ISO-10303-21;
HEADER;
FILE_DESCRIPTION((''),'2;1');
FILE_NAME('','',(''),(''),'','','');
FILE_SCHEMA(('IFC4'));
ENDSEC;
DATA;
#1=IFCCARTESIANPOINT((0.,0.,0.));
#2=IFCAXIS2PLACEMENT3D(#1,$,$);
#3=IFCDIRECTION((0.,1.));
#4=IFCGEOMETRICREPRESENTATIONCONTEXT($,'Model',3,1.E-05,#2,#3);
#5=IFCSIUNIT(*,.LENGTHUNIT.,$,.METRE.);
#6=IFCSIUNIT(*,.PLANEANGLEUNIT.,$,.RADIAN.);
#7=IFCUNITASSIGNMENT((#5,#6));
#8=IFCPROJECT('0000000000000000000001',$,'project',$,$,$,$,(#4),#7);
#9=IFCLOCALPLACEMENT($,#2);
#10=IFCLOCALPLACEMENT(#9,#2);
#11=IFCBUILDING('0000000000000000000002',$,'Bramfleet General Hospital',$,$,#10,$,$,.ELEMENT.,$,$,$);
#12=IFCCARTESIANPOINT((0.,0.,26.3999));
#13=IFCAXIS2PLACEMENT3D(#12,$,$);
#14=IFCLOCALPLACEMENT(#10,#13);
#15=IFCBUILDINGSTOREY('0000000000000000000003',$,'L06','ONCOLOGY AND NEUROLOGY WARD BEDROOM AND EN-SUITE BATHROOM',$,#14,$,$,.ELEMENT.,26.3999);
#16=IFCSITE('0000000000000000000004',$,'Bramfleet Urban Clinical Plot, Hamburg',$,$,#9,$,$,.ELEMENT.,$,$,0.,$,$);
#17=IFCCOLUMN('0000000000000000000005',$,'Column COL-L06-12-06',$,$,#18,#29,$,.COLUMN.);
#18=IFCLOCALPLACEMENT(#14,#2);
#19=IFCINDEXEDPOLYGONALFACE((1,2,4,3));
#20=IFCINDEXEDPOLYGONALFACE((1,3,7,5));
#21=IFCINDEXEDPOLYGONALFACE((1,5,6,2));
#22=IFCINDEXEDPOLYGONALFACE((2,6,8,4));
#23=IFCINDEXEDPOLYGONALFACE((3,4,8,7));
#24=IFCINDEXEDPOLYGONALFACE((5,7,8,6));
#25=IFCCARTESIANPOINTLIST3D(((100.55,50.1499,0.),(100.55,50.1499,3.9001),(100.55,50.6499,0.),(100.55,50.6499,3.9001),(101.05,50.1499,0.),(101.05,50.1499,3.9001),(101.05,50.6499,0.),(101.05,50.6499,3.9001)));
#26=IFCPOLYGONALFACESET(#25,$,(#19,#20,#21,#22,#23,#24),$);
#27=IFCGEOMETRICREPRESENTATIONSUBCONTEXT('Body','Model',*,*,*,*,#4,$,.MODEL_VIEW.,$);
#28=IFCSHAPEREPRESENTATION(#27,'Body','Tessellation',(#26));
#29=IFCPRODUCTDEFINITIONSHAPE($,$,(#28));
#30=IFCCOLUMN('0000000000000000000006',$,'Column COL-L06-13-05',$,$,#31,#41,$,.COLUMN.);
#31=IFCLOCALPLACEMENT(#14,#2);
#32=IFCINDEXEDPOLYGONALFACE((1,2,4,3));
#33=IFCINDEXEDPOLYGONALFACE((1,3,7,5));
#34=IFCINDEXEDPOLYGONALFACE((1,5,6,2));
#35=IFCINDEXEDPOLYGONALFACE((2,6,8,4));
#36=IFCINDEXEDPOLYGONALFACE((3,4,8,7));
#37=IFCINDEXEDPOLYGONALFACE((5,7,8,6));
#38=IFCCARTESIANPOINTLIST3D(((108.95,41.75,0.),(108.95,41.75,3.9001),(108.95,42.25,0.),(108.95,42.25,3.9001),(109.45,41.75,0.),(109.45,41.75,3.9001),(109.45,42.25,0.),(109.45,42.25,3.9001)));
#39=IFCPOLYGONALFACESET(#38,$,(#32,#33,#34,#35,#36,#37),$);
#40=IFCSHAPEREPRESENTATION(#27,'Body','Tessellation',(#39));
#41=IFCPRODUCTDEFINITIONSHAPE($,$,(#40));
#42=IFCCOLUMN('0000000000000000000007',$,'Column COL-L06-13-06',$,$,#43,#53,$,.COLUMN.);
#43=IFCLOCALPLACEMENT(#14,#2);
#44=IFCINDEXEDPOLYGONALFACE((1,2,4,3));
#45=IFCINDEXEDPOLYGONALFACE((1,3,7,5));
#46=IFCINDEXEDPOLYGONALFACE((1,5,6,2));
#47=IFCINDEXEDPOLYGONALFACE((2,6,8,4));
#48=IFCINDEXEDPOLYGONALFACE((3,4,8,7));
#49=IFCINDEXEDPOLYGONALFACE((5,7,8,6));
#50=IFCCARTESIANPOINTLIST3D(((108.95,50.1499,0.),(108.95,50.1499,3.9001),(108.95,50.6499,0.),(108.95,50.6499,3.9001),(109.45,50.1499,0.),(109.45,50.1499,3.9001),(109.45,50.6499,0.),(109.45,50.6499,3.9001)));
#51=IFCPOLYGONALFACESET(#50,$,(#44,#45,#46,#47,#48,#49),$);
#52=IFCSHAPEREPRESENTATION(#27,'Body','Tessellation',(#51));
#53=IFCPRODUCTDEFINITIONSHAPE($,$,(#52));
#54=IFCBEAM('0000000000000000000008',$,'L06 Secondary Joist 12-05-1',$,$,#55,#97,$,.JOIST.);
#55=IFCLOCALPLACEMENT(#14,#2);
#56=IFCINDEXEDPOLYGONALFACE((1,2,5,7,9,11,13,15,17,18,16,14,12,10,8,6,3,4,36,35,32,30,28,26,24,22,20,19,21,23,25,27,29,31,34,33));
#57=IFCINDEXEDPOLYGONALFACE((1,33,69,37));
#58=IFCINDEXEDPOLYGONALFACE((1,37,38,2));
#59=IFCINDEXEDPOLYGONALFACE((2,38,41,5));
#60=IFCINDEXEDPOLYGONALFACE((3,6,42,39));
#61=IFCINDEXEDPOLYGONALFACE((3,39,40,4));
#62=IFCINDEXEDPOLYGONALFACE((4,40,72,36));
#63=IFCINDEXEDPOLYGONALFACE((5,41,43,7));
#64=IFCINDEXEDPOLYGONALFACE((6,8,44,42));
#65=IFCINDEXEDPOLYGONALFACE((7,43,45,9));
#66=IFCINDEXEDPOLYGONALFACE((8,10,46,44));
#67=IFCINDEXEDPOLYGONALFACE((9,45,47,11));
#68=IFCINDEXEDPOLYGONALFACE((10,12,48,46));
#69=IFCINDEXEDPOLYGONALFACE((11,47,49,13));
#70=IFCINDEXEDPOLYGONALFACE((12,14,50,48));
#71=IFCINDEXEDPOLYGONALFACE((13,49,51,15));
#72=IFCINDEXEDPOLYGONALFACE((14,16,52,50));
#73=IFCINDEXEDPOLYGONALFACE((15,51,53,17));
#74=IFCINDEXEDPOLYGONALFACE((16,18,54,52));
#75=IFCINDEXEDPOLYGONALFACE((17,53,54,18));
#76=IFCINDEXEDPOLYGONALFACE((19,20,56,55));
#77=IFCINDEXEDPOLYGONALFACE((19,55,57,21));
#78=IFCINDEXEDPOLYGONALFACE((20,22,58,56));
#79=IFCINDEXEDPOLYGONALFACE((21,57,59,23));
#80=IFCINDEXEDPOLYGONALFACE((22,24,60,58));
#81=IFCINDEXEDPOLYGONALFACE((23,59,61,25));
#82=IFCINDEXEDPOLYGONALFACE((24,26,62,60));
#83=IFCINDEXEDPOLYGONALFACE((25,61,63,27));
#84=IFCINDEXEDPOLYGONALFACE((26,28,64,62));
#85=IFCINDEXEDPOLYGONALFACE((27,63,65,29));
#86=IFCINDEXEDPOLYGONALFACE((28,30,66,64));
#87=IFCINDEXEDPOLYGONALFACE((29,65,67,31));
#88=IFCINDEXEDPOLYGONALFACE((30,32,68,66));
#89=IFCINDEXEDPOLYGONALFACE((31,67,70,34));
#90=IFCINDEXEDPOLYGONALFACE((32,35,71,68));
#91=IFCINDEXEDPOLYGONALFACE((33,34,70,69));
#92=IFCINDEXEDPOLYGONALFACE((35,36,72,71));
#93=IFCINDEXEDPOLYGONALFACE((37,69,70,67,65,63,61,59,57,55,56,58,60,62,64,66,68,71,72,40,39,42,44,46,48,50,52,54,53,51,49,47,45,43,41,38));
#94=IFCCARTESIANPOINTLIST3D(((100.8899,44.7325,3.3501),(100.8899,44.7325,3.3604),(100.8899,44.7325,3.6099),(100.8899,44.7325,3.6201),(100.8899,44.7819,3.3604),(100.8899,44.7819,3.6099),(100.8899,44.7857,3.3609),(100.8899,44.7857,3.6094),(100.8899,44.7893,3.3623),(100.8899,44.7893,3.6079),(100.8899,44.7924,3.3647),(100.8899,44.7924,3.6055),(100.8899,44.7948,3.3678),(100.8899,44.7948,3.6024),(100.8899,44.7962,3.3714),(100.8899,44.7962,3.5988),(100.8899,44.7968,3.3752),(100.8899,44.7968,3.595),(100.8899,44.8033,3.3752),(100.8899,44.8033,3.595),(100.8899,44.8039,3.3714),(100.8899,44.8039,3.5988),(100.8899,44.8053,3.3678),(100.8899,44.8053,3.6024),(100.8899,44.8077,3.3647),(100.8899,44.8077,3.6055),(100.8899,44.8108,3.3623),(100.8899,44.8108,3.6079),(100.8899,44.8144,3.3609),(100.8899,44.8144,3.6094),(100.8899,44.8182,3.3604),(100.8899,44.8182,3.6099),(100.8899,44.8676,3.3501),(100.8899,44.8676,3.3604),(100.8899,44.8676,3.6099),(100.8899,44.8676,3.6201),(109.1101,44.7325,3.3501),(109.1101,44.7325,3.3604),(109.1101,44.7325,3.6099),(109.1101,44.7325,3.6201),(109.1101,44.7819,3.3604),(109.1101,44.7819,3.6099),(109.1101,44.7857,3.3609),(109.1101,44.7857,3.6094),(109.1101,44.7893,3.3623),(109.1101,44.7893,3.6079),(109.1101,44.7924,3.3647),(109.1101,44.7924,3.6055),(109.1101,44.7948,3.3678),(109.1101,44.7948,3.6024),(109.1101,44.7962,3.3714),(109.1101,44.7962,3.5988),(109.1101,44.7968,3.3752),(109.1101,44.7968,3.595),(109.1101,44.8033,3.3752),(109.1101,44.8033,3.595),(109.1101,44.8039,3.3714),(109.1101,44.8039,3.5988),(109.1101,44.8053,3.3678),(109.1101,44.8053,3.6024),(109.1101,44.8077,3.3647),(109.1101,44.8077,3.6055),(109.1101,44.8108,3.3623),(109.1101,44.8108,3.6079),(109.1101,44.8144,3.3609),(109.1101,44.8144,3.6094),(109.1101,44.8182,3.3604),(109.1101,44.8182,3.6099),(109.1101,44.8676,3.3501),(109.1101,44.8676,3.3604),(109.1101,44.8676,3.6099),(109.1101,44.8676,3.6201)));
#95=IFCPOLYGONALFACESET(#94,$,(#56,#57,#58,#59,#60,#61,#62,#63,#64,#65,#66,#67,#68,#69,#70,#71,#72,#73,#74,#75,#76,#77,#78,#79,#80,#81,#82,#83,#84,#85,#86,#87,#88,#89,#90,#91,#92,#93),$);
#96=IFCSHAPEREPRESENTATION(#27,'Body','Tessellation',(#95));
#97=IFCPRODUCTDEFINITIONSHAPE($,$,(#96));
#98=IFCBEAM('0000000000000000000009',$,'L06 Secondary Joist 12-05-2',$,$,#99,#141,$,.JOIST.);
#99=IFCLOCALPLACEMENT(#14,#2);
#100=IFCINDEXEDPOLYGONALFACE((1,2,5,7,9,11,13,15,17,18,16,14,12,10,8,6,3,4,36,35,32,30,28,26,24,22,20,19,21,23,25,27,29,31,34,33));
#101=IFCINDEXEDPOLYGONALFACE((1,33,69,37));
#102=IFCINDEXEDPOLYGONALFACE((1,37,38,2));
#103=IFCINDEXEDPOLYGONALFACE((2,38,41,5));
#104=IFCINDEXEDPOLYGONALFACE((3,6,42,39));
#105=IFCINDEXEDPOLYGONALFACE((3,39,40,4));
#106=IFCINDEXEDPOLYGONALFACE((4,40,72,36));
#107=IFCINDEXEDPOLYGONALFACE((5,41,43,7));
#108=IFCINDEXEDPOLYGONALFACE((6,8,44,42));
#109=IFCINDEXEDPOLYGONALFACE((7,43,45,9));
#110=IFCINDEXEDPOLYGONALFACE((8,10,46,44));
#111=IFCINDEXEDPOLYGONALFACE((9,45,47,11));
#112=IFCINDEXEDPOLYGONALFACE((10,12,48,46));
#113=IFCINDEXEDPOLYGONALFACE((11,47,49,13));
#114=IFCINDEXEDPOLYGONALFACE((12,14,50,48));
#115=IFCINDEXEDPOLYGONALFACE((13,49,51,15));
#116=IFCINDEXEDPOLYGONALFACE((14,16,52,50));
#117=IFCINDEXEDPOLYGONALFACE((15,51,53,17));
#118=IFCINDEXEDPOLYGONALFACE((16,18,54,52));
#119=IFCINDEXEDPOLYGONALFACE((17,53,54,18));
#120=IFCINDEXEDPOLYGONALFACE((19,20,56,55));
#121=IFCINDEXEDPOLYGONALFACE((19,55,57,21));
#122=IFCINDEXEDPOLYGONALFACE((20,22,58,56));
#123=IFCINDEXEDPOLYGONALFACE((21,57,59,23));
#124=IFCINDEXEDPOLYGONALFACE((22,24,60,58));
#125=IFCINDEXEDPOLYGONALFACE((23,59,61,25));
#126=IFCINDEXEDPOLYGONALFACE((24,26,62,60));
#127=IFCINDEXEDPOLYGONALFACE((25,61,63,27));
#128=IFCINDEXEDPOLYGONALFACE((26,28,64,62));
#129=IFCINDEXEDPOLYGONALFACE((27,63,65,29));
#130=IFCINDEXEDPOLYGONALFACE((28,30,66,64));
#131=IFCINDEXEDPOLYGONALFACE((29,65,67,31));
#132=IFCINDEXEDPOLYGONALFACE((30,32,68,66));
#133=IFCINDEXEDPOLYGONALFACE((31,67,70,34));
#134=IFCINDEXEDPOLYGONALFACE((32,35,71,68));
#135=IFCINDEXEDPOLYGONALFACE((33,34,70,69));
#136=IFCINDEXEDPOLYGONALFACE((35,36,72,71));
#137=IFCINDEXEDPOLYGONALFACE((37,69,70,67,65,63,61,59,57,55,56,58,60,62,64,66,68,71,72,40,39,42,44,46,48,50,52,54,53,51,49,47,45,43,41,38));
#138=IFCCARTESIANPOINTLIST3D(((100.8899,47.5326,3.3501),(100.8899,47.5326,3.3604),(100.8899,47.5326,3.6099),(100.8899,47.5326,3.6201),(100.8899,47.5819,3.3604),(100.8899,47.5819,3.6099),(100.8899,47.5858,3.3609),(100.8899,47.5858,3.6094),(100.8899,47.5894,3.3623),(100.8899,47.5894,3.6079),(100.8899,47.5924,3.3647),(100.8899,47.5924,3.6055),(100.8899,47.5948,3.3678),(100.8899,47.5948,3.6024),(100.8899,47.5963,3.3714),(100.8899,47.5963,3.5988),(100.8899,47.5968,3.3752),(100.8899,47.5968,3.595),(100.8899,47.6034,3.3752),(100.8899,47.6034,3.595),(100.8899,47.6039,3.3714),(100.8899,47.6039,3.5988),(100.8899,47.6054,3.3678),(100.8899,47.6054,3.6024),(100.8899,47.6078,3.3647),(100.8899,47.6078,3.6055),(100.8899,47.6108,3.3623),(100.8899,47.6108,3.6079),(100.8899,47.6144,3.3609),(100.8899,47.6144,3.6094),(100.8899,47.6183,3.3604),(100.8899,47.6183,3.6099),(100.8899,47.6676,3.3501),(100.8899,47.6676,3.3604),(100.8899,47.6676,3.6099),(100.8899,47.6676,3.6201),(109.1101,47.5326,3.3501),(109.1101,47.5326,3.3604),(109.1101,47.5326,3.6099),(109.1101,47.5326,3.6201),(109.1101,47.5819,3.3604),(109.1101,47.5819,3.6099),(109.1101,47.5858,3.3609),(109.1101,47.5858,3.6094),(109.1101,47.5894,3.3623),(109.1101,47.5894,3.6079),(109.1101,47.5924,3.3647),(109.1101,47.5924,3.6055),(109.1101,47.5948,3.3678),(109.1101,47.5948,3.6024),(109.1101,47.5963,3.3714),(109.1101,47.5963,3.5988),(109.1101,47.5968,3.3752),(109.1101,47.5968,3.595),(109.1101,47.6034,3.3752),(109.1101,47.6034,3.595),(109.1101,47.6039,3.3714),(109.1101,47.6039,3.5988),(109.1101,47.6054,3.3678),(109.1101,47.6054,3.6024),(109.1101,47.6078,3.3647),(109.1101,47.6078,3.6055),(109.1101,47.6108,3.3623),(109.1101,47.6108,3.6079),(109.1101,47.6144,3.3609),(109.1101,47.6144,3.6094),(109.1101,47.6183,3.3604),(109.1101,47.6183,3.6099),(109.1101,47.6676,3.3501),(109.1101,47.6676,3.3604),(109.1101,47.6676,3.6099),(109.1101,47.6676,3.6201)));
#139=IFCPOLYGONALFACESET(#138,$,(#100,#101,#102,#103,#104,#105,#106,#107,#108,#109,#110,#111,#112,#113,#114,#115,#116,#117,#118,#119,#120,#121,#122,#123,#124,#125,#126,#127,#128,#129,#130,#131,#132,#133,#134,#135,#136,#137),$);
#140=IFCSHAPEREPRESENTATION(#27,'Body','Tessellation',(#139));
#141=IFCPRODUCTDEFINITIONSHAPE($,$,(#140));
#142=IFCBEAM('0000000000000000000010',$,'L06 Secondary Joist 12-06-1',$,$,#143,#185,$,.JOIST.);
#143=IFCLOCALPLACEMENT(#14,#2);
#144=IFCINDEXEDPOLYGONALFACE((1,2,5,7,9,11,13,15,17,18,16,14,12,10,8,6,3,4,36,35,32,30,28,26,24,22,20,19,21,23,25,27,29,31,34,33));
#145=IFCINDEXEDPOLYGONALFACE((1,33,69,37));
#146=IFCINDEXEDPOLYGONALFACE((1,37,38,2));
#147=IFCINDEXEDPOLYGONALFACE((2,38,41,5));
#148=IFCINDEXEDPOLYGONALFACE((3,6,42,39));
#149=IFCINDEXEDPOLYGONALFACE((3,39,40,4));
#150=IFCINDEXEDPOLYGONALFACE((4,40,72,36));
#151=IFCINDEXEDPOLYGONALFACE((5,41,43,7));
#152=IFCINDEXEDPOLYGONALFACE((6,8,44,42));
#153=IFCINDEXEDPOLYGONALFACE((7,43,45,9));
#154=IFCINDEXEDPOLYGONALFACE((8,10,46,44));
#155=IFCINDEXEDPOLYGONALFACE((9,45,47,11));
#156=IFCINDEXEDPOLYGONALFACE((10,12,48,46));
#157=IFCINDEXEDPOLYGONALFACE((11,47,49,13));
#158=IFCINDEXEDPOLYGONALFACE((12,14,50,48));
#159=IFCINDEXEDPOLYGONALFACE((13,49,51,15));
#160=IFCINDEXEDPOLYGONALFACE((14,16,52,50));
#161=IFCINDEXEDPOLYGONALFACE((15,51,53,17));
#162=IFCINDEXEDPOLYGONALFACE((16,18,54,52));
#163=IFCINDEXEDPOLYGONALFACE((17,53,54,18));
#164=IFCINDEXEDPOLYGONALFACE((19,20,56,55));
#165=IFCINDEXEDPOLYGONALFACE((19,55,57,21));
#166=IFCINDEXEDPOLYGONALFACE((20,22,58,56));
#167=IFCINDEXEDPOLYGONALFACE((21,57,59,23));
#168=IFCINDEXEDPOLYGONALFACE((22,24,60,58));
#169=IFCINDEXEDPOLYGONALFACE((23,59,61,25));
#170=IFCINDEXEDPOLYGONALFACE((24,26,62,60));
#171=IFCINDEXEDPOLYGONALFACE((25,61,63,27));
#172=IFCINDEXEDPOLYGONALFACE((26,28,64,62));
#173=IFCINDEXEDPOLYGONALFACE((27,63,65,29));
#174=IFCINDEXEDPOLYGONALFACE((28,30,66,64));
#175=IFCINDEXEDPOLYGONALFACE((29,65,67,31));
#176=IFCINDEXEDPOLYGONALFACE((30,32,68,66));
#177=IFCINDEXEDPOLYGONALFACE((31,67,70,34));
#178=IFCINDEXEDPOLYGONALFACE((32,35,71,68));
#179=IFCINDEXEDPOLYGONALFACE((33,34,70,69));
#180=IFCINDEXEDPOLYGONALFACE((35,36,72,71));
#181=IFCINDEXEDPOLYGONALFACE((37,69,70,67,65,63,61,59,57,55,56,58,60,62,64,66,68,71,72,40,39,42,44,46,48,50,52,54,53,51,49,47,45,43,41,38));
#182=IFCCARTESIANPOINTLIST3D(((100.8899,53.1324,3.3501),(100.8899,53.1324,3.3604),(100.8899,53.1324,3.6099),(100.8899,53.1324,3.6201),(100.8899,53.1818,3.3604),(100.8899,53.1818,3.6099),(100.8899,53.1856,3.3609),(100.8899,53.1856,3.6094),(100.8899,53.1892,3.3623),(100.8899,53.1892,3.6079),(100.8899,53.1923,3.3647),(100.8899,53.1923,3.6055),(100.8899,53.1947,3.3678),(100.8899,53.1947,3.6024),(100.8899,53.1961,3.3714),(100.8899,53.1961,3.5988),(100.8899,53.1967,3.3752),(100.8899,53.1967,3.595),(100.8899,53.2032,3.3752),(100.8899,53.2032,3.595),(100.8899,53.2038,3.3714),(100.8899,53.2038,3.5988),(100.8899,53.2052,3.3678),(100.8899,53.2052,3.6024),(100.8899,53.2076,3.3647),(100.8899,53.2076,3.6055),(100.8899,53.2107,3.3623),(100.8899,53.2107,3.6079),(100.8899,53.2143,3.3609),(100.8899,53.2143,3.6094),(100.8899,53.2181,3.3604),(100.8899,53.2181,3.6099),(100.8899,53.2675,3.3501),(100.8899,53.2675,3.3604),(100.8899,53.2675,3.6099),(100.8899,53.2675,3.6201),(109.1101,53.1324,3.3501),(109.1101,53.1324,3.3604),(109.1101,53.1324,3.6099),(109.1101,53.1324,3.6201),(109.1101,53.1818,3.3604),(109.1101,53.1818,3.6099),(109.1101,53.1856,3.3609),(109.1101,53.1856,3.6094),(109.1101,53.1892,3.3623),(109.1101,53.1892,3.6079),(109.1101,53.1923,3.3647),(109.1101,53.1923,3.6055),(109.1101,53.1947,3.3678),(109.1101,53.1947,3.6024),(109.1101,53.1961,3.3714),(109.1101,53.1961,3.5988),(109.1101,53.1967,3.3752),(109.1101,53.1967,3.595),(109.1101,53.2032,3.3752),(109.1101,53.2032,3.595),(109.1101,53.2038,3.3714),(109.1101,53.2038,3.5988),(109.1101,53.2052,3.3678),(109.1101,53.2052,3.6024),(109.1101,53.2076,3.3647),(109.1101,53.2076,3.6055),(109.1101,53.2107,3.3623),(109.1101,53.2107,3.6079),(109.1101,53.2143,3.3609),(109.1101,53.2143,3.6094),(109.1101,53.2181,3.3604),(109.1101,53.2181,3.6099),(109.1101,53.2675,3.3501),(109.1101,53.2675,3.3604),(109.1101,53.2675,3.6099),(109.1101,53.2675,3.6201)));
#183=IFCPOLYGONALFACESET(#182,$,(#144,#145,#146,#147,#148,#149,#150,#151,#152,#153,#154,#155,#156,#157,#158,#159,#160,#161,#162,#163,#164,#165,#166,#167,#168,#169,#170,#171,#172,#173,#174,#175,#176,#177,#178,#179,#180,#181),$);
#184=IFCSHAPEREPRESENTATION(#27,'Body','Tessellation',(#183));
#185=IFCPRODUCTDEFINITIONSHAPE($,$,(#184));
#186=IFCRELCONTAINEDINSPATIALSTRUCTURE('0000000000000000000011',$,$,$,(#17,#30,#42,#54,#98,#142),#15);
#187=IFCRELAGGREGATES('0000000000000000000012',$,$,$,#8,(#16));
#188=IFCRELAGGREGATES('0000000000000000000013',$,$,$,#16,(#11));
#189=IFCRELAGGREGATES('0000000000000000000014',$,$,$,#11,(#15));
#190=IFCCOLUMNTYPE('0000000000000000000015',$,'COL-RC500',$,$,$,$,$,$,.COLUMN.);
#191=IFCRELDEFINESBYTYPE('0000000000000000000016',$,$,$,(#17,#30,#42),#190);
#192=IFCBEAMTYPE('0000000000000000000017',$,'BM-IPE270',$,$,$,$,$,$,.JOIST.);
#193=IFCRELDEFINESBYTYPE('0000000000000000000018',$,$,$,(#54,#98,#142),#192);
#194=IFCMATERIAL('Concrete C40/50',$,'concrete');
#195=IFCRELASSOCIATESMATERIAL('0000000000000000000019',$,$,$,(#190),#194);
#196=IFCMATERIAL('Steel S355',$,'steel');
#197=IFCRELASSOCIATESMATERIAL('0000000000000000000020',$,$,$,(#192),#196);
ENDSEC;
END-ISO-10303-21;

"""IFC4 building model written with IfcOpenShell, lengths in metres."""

from ifc_helpers import new_model, si_unit, direction, frame, origin, origin_2d, place, context, subcontext, project, spatial, rectangle, i_section, extrude, material, material_profile, profile_set, type_object, element, save


model = new_model("IFC4")

# Units and contexts
model_context = context("Model", 3, precision=1e-05, world=origin(), true_north=direction((0.0, 1.0)))
body_context = subcontext(model_context, "Body", "Model", "MODEL_VIEW")
ifc_project = project(units=[si_unit("LENGTHUNIT", "METRE"), si_unit("PLANEANGLEUNIT", "RADIAN")], contexts=[model_context])

# Site, building, storey
site_placement = place(None, origin())
site = spatial("IfcSite", under=ifc_project, at=site_placement, Name="Bramfleet Urban Clinical Plot, Hamburg", CompositionType="ELEMENT", RefElevation=0.0)
building_placement = place(site_placement, origin())
building = spatial("IfcBuilding", under=site, at=building_placement, Name="Bramfleet General Hospital", CompositionType="ELEMENT")
storey_placement = place(building_placement, frame((0.0, 0.0, 26.3999)))
storey = spatial("IfcBuildingStorey", under=building, at=storey_placement, Name="L06", Description="ONCOLOGY AND NEUROLOGY WARD BEDROOM AND EN-SUITE BATHROOM", CompositionType="ELEMENT", Elevation=26.3999)

# Columns
ifc_material_1 = material(Name="Concrete C40/50", Category="concrete")
ifc_material_profile_1 = material_profile(ifc_material_1, rectangle(XDim=0.5, YDim=0.5, at=origin_2d()), Name="RC COL 500x500")
ifc_profile_set_1 = profile_set([ifc_material_profile_1], Name="Concrete C40/50")
column_type = type_object("IfcColumnType", Name="COL-RC500", PredefinedType="COLUMN", material=ifc_profile_set_1)
for number, where, z_axis, x_axis, name in (
    (1, (100.8, 50.3999, 0.0), (0.0, 0.0, 1.0), (1.0, 0.0, 0.0), "Column COL-L06-12-06"),
    (2, (109.2, 42.0, 0.0), (0.0, 0.0, 1.0), (1.0, 0.0, 0.0), "Column COL-L06-13-05"),
    (3, (109.2, 50.3999, 0.0), (0.0, 0.0, 1.0), (1.0, 0.0, 0.0), "Column COL-L06-13-06"),
):
    element("IfcColumn", number, at=place(storey_placement, frame(where, z_axis=z_axis, x_axis=x_axis)), inside=storey, type_object=column_type, Name=name, PredefinedType="COLUMN", context=body_context, shape_type="SweptSolid", body=[
        extrude(rectangle(XDim=0.5, YDim=0.5, at=origin_2d()), origin(), (0.0, 0.0, 1.0), 3.9001),
    ])

# Beams
ifc_material_2 = material(Name="Steel S355", Category="steel")
ifc_material_profile_2 = material_profile(ifc_material_2, i_section(OverallWidth=0.135, OverallDepth=0.27, WebThickness=0.0066, FlangeThickness=0.0103, FilletRadius=0.0149, at=origin_2d()), Name="IPE 270")
ifc_profile_set_2 = profile_set([ifc_material_profile_2], Name="Steel S355")
beam_type_1 = type_object("IfcBeamType", Name="BM-IPE270", PredefinedType="JOIST", material=ifc_profile_set_2)
for number, where, z_axis, x_axis, name in (
    (4, (100.8899, 44.8, 3.4851), (1.0, 0.0, 0.0), (0.0, 1.0, 0.0), "L06 Secondary Joist 12-05-1"),
    (5, (100.8899, 47.6001, 3.4851), (1.0, 0.0, 0.0), (0.0, 1.0, 0.0), "L06 Secondary Joist 12-05-2"),
    (6, (100.8899, 53.2, 3.4851), (1.0, 0.0, 0.0), (0.0, 1.0, 0.0), "L06 Secondary Joist 12-06-1"),
):
    element("IfcBeam", number, at=place(storey_placement, frame(where, z_axis=z_axis, x_axis=x_axis)), inside=storey, type_object=beam_type_1, Name=name, PredefinedType="JOIST", context=body_context, shape_type="SweptSolid", body=[
        extrude(i_section(OverallWidth=0.135, OverallDepth=0.27, WebThickness=0.0066, FlangeThickness=0.0103, FilletRadius=0.0149, at=origin_2d()), origin(), (0.0, 0.0, 1.0), 8.2202),
    ])

save(model, "model.ifc")
